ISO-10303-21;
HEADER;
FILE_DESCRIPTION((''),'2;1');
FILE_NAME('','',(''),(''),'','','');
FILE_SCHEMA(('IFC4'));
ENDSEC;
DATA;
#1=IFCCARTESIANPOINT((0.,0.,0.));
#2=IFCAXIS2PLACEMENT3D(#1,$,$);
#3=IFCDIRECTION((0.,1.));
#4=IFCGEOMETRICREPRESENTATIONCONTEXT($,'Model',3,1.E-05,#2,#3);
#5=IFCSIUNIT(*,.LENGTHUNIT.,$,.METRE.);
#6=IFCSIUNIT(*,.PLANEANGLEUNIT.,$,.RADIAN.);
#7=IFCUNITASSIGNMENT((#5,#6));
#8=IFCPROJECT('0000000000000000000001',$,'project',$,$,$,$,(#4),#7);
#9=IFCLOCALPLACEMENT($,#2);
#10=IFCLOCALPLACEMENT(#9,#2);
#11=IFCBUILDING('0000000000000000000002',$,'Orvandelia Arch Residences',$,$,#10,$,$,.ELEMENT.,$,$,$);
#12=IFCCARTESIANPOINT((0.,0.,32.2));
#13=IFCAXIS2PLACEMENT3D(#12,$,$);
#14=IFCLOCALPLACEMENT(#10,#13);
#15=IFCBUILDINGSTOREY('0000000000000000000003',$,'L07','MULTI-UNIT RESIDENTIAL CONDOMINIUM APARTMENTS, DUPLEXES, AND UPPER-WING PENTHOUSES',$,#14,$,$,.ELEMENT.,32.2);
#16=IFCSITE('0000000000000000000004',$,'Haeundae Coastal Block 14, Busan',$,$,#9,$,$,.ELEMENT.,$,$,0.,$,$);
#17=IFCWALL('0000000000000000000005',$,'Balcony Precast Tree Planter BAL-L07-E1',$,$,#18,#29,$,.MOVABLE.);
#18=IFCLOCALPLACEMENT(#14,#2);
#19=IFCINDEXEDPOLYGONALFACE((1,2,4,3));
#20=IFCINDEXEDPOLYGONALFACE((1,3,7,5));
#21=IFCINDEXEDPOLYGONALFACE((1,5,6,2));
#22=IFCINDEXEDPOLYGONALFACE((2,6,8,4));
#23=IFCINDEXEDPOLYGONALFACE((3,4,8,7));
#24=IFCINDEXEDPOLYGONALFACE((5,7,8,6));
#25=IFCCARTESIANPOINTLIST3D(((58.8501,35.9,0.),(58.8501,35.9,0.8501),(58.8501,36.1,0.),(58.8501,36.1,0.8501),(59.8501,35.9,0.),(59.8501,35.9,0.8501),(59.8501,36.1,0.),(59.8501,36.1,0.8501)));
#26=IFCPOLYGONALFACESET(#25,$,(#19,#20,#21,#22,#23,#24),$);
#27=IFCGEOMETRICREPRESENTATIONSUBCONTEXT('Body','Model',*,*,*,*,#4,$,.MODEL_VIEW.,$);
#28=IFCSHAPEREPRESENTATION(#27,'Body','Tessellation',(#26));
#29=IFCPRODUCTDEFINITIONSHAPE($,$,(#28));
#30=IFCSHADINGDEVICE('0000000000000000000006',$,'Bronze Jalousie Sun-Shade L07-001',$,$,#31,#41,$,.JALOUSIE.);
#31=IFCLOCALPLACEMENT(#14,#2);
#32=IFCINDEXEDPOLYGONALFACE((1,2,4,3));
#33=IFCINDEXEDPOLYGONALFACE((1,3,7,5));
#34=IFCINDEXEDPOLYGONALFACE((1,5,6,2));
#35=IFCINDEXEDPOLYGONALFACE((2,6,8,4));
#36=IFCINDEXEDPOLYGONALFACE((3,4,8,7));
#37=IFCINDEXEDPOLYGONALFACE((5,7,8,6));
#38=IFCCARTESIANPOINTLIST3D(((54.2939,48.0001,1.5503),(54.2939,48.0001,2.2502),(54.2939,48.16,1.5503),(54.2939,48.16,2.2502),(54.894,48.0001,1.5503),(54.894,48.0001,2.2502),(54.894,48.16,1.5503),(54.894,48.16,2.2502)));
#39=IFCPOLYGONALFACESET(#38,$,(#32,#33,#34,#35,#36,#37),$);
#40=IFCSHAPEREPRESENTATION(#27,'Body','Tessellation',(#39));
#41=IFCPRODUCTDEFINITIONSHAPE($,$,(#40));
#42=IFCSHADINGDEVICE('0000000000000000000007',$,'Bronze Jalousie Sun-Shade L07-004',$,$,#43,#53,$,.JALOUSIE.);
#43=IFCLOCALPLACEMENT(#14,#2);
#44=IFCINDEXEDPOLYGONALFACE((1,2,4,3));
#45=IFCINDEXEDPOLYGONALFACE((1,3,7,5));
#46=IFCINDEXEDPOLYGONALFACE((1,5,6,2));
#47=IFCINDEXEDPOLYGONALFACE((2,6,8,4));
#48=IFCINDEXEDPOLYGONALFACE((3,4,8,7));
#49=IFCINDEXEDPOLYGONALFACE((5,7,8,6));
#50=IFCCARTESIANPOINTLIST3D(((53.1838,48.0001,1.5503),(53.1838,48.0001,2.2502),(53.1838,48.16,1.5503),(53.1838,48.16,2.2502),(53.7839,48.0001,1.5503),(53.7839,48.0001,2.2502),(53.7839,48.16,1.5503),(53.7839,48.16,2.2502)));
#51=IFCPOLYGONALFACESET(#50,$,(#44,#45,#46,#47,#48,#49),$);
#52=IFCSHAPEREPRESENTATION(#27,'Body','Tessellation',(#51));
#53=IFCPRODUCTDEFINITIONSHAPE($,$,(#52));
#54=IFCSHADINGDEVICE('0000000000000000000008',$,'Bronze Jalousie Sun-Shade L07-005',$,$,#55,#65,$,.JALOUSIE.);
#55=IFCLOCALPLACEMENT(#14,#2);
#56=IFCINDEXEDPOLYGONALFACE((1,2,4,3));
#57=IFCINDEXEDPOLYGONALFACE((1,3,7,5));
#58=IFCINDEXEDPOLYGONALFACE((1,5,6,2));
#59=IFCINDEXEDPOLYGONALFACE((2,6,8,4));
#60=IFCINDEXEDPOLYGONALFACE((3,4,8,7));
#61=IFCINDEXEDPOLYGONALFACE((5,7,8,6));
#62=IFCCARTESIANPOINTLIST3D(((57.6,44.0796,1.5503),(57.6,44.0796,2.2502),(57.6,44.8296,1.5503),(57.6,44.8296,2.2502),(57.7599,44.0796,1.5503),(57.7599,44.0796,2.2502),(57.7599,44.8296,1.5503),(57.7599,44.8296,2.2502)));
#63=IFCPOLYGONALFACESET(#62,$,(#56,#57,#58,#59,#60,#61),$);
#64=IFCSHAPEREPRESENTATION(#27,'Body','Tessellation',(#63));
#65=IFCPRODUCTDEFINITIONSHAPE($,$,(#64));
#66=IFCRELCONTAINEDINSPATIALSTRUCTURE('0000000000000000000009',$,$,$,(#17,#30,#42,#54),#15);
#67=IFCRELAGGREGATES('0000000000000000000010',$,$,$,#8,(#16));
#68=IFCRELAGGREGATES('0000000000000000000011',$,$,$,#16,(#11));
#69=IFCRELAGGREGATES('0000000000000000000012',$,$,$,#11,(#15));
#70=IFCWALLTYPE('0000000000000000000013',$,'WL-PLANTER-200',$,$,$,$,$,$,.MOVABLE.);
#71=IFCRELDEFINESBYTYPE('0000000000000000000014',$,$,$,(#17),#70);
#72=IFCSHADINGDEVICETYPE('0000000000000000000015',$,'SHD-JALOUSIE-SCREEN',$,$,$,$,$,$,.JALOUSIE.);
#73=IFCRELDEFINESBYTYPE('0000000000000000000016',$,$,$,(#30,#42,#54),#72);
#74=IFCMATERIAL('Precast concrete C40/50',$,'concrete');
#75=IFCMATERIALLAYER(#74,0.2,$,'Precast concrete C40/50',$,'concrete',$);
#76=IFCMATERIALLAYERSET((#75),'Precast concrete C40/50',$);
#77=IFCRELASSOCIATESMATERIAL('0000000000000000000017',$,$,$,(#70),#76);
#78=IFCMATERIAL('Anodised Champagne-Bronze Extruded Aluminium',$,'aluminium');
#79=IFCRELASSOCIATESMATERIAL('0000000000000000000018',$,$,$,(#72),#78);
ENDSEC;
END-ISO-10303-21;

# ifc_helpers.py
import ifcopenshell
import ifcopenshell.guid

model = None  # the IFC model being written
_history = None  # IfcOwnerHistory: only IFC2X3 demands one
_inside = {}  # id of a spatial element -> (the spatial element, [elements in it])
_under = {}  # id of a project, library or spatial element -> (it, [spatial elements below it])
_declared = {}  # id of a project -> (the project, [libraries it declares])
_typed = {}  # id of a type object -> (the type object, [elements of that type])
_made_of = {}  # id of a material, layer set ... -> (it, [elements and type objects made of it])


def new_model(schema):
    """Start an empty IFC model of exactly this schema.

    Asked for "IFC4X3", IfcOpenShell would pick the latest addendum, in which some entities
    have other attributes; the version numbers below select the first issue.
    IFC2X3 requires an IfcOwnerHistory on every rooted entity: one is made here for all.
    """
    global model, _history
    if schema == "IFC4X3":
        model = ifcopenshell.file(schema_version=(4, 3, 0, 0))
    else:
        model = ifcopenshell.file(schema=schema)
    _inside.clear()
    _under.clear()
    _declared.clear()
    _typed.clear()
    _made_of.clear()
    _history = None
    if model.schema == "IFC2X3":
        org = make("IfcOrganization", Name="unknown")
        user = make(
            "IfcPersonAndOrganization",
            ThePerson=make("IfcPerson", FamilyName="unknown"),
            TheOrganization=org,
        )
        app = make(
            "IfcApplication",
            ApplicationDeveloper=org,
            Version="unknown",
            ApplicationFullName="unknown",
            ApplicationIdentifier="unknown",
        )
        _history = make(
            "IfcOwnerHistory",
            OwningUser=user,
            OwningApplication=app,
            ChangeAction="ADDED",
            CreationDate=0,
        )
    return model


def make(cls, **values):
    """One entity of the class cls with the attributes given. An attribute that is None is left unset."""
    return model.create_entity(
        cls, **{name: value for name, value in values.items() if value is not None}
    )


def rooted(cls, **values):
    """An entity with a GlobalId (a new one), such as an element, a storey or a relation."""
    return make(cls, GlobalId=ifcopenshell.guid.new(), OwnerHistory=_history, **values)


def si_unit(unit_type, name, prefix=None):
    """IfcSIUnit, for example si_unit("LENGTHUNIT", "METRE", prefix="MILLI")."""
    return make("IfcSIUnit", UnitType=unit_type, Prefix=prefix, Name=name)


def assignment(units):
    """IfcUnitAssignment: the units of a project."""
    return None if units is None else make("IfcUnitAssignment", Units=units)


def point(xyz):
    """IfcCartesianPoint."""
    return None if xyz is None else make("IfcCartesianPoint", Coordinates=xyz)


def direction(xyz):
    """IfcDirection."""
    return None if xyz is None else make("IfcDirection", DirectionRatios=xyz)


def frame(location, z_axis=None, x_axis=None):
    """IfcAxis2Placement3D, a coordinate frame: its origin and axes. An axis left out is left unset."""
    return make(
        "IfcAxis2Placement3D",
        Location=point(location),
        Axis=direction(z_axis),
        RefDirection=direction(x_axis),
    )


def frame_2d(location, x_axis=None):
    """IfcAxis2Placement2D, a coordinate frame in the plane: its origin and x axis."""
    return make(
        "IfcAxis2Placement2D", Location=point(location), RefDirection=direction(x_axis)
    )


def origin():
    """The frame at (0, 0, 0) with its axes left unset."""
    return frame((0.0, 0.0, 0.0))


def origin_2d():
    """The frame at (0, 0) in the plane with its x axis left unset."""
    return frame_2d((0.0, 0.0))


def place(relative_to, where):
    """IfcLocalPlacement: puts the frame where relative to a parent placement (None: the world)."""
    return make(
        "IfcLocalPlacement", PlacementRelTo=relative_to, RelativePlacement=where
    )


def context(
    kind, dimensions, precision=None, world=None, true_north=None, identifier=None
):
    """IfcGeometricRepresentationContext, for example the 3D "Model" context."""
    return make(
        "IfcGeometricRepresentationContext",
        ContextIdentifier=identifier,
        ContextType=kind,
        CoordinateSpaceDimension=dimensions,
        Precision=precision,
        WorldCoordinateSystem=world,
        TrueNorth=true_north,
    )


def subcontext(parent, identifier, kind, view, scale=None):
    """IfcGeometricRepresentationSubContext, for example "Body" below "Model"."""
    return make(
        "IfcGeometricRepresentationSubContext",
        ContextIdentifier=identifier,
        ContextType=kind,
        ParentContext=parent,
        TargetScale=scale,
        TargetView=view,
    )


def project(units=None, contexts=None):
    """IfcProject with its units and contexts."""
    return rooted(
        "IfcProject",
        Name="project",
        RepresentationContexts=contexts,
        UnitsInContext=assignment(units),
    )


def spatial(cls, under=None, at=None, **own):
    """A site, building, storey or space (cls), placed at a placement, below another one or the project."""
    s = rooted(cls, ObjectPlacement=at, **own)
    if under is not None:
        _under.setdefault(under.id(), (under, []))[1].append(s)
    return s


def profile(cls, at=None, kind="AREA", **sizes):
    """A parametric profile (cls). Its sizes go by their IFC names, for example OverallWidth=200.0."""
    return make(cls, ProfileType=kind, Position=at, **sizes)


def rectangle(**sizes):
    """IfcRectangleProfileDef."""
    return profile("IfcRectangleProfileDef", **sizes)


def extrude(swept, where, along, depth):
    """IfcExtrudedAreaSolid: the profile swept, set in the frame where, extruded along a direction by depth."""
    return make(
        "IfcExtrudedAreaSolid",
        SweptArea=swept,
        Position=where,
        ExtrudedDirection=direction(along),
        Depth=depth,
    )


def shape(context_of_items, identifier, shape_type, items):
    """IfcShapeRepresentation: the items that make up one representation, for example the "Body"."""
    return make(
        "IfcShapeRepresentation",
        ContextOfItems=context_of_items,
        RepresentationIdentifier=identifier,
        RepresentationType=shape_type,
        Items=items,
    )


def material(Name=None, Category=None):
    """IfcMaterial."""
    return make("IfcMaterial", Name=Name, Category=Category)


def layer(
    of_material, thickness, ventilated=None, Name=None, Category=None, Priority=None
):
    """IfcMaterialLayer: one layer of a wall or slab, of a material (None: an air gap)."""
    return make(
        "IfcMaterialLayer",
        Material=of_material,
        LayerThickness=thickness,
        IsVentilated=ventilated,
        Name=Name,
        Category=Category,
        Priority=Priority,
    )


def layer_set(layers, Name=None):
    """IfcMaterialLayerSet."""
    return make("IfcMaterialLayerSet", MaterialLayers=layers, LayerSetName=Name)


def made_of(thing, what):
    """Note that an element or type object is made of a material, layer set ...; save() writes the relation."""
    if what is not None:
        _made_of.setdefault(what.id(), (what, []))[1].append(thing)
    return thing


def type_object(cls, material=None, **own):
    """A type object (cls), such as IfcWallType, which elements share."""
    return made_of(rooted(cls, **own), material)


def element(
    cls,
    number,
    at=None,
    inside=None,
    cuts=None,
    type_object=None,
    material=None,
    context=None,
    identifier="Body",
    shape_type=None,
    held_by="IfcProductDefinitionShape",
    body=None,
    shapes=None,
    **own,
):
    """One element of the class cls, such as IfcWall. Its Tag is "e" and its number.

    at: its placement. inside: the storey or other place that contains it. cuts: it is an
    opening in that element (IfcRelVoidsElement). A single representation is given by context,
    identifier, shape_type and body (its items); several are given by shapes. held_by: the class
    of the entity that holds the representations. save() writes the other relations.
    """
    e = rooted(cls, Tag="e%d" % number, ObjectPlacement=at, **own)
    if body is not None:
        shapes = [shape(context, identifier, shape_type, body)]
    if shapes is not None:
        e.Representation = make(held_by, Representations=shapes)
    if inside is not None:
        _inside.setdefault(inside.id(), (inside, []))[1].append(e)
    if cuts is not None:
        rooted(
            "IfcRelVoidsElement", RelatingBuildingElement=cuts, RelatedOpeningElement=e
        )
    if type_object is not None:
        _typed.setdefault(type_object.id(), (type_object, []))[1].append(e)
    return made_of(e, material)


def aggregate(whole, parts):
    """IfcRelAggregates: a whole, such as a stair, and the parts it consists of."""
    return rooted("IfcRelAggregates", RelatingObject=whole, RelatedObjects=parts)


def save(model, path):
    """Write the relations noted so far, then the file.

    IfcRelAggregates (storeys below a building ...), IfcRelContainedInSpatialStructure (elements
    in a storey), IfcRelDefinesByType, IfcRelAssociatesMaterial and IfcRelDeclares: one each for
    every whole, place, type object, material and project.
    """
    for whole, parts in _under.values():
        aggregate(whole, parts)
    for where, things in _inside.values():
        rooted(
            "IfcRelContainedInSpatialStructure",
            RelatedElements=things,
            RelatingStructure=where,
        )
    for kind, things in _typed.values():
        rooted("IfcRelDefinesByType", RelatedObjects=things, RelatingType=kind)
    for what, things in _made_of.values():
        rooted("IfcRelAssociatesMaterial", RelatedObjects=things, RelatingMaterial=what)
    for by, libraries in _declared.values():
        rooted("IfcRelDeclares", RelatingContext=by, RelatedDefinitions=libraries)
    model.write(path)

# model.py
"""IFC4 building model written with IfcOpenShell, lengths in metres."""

from ifc_helpers import new_model, si_unit, direction, frame, frame_2d, origin, origin_2d, place, context, subcontext, project, spatial, rectangle, extrude, material, layer, layer_set, type_object, element, save


model = new_model("IFC4")

# Units and contexts
model_context = context("Model", 3, precision=1e-05, world=origin(), true_north=direction((0.0, 1.0)))
body_context = subcontext(model_context, "Body", "Model", "MODEL_VIEW")
ifc_project = project(units=[si_unit("LENGTHUNIT", "METRE"), si_unit("PLANEANGLEUNIT", "RADIAN")], contexts=[model_context])

# Site, building, storey
site_placement = place(None, origin())
site = spatial("IfcSite", under=ifc_project, at=site_placement, Name="Haeundae Coastal Block 14, Busan", CompositionType="ELEMENT", RefElevation=0.0)
building_placement = place(site_placement, origin())
building = spatial("IfcBuilding", under=site, at=building_placement, Name="Orvandelia Arch Residences", CompositionType="ELEMENT")
storey_placement = place(building_placement, frame((0.0, 0.0, 32.2)))
storey = spatial("IfcBuildingStorey", under=building, at=storey_placement, Name="L07", Description="MULTI-UNIT RESIDENTIAL CONDOMINIUM APARTMENTS, DUPLEXES, AND UPPER-WING PENTHOUSES", CompositionType="ELEMENT", Elevation=32.2)

# Shared definitions
ifc_material_1 = material(Name="Precast concrete C40/50", Category="concrete")

# Wall
ifc_layer_1 = layer(ifc_material_1, 0.2, Name="Precast concrete C40/50", Category="concrete")
ifc_layer_set_1 = layer_set([ifc_layer_1], Name="Precast concrete C40/50")
wall_type_1 = type_object("IfcWallType", Name="WL-PLANTER-200", PredefinedType="MOVABLE", material=ifc_layer_set_1)
wall_1_placement = place(storey_placement, frame((58.8501, 36.0, 0.0), z_axis=(0.0, 0.0, 1.0), x_axis=(1.0, 0.0, 0.0)))
element("IfcWall", 1, at=wall_1_placement, inside=storey, type_object=wall_type_1, Name="Balcony Precast Tree Planter BAL-L07-E1", PredefinedType="MOVABLE", context=body_context, shape_type="SweptSolid", body=[
    extrude(rectangle(XDim=1.0, YDim=0.2, at=frame_2d((0.5, 0.0))), origin(), (0.0, 0.0, 1.0), 0.8501),
])

# Shading devices
ifc_material_2 = material(Name="Anodised Champagne-Bronze Extruded Aluminium", Category="aluminium")
shading_device_type = type_object("IfcShadingDeviceType", Name="SHD-JALOUSIE-SCREEN", PredefinedType="JALOUSIE", material=ifc_material_2)
for number, where, z_axis, x_axis, name in (
    (2, (54.594, 48.0801, 1.5503), (0.0, 0.0, 1.0), (1.0, 0.0, 0.0), "Bronze Jalousie Sun-Shade L07-001"),
    (3, (53.4839, 48.0801, 1.5503), (0.0, 0.0, 1.0), (1.0, 0.0, 0.0), "Bronze Jalousie Sun-Shade L07-004"),
):
    element("IfcShadingDevice", number, at=place(storey_placement, frame(where, z_axis=z_axis, x_axis=x_axis)), inside=storey, type_object=shading_device_type, Name=name, PredefinedType="JALOUSIE", context=body_context, shape_type="SweptSolid", body=[
        extrude(rectangle(XDim=0.6001, YDim=0.1599, at=origin_2d()), origin(), (0.0, 0.0, 1.0), 0.7),
    ])
shading_device_placement = place(storey_placement, frame((57.6799, 44.4546, 1.5503), z_axis=(0.0, 0.0, 1.0), x_axis=(0.0, -1.0, 0.0)))
element("IfcShadingDevice", 4, at=shading_device_placement, inside=storey, type_object=shading_device_type, Name="Bronze Jalousie Sun-Shade L07-005", PredefinedType="JALOUSIE", context=body_context, shape_type="SweptSolid", body=[
    extrude(rectangle(XDim=0.75, YDim=0.1599, at=origin_2d()), origin(), (0.0, 0.0, 1.0), 0.7),
])

save(model, "model.ifc")
